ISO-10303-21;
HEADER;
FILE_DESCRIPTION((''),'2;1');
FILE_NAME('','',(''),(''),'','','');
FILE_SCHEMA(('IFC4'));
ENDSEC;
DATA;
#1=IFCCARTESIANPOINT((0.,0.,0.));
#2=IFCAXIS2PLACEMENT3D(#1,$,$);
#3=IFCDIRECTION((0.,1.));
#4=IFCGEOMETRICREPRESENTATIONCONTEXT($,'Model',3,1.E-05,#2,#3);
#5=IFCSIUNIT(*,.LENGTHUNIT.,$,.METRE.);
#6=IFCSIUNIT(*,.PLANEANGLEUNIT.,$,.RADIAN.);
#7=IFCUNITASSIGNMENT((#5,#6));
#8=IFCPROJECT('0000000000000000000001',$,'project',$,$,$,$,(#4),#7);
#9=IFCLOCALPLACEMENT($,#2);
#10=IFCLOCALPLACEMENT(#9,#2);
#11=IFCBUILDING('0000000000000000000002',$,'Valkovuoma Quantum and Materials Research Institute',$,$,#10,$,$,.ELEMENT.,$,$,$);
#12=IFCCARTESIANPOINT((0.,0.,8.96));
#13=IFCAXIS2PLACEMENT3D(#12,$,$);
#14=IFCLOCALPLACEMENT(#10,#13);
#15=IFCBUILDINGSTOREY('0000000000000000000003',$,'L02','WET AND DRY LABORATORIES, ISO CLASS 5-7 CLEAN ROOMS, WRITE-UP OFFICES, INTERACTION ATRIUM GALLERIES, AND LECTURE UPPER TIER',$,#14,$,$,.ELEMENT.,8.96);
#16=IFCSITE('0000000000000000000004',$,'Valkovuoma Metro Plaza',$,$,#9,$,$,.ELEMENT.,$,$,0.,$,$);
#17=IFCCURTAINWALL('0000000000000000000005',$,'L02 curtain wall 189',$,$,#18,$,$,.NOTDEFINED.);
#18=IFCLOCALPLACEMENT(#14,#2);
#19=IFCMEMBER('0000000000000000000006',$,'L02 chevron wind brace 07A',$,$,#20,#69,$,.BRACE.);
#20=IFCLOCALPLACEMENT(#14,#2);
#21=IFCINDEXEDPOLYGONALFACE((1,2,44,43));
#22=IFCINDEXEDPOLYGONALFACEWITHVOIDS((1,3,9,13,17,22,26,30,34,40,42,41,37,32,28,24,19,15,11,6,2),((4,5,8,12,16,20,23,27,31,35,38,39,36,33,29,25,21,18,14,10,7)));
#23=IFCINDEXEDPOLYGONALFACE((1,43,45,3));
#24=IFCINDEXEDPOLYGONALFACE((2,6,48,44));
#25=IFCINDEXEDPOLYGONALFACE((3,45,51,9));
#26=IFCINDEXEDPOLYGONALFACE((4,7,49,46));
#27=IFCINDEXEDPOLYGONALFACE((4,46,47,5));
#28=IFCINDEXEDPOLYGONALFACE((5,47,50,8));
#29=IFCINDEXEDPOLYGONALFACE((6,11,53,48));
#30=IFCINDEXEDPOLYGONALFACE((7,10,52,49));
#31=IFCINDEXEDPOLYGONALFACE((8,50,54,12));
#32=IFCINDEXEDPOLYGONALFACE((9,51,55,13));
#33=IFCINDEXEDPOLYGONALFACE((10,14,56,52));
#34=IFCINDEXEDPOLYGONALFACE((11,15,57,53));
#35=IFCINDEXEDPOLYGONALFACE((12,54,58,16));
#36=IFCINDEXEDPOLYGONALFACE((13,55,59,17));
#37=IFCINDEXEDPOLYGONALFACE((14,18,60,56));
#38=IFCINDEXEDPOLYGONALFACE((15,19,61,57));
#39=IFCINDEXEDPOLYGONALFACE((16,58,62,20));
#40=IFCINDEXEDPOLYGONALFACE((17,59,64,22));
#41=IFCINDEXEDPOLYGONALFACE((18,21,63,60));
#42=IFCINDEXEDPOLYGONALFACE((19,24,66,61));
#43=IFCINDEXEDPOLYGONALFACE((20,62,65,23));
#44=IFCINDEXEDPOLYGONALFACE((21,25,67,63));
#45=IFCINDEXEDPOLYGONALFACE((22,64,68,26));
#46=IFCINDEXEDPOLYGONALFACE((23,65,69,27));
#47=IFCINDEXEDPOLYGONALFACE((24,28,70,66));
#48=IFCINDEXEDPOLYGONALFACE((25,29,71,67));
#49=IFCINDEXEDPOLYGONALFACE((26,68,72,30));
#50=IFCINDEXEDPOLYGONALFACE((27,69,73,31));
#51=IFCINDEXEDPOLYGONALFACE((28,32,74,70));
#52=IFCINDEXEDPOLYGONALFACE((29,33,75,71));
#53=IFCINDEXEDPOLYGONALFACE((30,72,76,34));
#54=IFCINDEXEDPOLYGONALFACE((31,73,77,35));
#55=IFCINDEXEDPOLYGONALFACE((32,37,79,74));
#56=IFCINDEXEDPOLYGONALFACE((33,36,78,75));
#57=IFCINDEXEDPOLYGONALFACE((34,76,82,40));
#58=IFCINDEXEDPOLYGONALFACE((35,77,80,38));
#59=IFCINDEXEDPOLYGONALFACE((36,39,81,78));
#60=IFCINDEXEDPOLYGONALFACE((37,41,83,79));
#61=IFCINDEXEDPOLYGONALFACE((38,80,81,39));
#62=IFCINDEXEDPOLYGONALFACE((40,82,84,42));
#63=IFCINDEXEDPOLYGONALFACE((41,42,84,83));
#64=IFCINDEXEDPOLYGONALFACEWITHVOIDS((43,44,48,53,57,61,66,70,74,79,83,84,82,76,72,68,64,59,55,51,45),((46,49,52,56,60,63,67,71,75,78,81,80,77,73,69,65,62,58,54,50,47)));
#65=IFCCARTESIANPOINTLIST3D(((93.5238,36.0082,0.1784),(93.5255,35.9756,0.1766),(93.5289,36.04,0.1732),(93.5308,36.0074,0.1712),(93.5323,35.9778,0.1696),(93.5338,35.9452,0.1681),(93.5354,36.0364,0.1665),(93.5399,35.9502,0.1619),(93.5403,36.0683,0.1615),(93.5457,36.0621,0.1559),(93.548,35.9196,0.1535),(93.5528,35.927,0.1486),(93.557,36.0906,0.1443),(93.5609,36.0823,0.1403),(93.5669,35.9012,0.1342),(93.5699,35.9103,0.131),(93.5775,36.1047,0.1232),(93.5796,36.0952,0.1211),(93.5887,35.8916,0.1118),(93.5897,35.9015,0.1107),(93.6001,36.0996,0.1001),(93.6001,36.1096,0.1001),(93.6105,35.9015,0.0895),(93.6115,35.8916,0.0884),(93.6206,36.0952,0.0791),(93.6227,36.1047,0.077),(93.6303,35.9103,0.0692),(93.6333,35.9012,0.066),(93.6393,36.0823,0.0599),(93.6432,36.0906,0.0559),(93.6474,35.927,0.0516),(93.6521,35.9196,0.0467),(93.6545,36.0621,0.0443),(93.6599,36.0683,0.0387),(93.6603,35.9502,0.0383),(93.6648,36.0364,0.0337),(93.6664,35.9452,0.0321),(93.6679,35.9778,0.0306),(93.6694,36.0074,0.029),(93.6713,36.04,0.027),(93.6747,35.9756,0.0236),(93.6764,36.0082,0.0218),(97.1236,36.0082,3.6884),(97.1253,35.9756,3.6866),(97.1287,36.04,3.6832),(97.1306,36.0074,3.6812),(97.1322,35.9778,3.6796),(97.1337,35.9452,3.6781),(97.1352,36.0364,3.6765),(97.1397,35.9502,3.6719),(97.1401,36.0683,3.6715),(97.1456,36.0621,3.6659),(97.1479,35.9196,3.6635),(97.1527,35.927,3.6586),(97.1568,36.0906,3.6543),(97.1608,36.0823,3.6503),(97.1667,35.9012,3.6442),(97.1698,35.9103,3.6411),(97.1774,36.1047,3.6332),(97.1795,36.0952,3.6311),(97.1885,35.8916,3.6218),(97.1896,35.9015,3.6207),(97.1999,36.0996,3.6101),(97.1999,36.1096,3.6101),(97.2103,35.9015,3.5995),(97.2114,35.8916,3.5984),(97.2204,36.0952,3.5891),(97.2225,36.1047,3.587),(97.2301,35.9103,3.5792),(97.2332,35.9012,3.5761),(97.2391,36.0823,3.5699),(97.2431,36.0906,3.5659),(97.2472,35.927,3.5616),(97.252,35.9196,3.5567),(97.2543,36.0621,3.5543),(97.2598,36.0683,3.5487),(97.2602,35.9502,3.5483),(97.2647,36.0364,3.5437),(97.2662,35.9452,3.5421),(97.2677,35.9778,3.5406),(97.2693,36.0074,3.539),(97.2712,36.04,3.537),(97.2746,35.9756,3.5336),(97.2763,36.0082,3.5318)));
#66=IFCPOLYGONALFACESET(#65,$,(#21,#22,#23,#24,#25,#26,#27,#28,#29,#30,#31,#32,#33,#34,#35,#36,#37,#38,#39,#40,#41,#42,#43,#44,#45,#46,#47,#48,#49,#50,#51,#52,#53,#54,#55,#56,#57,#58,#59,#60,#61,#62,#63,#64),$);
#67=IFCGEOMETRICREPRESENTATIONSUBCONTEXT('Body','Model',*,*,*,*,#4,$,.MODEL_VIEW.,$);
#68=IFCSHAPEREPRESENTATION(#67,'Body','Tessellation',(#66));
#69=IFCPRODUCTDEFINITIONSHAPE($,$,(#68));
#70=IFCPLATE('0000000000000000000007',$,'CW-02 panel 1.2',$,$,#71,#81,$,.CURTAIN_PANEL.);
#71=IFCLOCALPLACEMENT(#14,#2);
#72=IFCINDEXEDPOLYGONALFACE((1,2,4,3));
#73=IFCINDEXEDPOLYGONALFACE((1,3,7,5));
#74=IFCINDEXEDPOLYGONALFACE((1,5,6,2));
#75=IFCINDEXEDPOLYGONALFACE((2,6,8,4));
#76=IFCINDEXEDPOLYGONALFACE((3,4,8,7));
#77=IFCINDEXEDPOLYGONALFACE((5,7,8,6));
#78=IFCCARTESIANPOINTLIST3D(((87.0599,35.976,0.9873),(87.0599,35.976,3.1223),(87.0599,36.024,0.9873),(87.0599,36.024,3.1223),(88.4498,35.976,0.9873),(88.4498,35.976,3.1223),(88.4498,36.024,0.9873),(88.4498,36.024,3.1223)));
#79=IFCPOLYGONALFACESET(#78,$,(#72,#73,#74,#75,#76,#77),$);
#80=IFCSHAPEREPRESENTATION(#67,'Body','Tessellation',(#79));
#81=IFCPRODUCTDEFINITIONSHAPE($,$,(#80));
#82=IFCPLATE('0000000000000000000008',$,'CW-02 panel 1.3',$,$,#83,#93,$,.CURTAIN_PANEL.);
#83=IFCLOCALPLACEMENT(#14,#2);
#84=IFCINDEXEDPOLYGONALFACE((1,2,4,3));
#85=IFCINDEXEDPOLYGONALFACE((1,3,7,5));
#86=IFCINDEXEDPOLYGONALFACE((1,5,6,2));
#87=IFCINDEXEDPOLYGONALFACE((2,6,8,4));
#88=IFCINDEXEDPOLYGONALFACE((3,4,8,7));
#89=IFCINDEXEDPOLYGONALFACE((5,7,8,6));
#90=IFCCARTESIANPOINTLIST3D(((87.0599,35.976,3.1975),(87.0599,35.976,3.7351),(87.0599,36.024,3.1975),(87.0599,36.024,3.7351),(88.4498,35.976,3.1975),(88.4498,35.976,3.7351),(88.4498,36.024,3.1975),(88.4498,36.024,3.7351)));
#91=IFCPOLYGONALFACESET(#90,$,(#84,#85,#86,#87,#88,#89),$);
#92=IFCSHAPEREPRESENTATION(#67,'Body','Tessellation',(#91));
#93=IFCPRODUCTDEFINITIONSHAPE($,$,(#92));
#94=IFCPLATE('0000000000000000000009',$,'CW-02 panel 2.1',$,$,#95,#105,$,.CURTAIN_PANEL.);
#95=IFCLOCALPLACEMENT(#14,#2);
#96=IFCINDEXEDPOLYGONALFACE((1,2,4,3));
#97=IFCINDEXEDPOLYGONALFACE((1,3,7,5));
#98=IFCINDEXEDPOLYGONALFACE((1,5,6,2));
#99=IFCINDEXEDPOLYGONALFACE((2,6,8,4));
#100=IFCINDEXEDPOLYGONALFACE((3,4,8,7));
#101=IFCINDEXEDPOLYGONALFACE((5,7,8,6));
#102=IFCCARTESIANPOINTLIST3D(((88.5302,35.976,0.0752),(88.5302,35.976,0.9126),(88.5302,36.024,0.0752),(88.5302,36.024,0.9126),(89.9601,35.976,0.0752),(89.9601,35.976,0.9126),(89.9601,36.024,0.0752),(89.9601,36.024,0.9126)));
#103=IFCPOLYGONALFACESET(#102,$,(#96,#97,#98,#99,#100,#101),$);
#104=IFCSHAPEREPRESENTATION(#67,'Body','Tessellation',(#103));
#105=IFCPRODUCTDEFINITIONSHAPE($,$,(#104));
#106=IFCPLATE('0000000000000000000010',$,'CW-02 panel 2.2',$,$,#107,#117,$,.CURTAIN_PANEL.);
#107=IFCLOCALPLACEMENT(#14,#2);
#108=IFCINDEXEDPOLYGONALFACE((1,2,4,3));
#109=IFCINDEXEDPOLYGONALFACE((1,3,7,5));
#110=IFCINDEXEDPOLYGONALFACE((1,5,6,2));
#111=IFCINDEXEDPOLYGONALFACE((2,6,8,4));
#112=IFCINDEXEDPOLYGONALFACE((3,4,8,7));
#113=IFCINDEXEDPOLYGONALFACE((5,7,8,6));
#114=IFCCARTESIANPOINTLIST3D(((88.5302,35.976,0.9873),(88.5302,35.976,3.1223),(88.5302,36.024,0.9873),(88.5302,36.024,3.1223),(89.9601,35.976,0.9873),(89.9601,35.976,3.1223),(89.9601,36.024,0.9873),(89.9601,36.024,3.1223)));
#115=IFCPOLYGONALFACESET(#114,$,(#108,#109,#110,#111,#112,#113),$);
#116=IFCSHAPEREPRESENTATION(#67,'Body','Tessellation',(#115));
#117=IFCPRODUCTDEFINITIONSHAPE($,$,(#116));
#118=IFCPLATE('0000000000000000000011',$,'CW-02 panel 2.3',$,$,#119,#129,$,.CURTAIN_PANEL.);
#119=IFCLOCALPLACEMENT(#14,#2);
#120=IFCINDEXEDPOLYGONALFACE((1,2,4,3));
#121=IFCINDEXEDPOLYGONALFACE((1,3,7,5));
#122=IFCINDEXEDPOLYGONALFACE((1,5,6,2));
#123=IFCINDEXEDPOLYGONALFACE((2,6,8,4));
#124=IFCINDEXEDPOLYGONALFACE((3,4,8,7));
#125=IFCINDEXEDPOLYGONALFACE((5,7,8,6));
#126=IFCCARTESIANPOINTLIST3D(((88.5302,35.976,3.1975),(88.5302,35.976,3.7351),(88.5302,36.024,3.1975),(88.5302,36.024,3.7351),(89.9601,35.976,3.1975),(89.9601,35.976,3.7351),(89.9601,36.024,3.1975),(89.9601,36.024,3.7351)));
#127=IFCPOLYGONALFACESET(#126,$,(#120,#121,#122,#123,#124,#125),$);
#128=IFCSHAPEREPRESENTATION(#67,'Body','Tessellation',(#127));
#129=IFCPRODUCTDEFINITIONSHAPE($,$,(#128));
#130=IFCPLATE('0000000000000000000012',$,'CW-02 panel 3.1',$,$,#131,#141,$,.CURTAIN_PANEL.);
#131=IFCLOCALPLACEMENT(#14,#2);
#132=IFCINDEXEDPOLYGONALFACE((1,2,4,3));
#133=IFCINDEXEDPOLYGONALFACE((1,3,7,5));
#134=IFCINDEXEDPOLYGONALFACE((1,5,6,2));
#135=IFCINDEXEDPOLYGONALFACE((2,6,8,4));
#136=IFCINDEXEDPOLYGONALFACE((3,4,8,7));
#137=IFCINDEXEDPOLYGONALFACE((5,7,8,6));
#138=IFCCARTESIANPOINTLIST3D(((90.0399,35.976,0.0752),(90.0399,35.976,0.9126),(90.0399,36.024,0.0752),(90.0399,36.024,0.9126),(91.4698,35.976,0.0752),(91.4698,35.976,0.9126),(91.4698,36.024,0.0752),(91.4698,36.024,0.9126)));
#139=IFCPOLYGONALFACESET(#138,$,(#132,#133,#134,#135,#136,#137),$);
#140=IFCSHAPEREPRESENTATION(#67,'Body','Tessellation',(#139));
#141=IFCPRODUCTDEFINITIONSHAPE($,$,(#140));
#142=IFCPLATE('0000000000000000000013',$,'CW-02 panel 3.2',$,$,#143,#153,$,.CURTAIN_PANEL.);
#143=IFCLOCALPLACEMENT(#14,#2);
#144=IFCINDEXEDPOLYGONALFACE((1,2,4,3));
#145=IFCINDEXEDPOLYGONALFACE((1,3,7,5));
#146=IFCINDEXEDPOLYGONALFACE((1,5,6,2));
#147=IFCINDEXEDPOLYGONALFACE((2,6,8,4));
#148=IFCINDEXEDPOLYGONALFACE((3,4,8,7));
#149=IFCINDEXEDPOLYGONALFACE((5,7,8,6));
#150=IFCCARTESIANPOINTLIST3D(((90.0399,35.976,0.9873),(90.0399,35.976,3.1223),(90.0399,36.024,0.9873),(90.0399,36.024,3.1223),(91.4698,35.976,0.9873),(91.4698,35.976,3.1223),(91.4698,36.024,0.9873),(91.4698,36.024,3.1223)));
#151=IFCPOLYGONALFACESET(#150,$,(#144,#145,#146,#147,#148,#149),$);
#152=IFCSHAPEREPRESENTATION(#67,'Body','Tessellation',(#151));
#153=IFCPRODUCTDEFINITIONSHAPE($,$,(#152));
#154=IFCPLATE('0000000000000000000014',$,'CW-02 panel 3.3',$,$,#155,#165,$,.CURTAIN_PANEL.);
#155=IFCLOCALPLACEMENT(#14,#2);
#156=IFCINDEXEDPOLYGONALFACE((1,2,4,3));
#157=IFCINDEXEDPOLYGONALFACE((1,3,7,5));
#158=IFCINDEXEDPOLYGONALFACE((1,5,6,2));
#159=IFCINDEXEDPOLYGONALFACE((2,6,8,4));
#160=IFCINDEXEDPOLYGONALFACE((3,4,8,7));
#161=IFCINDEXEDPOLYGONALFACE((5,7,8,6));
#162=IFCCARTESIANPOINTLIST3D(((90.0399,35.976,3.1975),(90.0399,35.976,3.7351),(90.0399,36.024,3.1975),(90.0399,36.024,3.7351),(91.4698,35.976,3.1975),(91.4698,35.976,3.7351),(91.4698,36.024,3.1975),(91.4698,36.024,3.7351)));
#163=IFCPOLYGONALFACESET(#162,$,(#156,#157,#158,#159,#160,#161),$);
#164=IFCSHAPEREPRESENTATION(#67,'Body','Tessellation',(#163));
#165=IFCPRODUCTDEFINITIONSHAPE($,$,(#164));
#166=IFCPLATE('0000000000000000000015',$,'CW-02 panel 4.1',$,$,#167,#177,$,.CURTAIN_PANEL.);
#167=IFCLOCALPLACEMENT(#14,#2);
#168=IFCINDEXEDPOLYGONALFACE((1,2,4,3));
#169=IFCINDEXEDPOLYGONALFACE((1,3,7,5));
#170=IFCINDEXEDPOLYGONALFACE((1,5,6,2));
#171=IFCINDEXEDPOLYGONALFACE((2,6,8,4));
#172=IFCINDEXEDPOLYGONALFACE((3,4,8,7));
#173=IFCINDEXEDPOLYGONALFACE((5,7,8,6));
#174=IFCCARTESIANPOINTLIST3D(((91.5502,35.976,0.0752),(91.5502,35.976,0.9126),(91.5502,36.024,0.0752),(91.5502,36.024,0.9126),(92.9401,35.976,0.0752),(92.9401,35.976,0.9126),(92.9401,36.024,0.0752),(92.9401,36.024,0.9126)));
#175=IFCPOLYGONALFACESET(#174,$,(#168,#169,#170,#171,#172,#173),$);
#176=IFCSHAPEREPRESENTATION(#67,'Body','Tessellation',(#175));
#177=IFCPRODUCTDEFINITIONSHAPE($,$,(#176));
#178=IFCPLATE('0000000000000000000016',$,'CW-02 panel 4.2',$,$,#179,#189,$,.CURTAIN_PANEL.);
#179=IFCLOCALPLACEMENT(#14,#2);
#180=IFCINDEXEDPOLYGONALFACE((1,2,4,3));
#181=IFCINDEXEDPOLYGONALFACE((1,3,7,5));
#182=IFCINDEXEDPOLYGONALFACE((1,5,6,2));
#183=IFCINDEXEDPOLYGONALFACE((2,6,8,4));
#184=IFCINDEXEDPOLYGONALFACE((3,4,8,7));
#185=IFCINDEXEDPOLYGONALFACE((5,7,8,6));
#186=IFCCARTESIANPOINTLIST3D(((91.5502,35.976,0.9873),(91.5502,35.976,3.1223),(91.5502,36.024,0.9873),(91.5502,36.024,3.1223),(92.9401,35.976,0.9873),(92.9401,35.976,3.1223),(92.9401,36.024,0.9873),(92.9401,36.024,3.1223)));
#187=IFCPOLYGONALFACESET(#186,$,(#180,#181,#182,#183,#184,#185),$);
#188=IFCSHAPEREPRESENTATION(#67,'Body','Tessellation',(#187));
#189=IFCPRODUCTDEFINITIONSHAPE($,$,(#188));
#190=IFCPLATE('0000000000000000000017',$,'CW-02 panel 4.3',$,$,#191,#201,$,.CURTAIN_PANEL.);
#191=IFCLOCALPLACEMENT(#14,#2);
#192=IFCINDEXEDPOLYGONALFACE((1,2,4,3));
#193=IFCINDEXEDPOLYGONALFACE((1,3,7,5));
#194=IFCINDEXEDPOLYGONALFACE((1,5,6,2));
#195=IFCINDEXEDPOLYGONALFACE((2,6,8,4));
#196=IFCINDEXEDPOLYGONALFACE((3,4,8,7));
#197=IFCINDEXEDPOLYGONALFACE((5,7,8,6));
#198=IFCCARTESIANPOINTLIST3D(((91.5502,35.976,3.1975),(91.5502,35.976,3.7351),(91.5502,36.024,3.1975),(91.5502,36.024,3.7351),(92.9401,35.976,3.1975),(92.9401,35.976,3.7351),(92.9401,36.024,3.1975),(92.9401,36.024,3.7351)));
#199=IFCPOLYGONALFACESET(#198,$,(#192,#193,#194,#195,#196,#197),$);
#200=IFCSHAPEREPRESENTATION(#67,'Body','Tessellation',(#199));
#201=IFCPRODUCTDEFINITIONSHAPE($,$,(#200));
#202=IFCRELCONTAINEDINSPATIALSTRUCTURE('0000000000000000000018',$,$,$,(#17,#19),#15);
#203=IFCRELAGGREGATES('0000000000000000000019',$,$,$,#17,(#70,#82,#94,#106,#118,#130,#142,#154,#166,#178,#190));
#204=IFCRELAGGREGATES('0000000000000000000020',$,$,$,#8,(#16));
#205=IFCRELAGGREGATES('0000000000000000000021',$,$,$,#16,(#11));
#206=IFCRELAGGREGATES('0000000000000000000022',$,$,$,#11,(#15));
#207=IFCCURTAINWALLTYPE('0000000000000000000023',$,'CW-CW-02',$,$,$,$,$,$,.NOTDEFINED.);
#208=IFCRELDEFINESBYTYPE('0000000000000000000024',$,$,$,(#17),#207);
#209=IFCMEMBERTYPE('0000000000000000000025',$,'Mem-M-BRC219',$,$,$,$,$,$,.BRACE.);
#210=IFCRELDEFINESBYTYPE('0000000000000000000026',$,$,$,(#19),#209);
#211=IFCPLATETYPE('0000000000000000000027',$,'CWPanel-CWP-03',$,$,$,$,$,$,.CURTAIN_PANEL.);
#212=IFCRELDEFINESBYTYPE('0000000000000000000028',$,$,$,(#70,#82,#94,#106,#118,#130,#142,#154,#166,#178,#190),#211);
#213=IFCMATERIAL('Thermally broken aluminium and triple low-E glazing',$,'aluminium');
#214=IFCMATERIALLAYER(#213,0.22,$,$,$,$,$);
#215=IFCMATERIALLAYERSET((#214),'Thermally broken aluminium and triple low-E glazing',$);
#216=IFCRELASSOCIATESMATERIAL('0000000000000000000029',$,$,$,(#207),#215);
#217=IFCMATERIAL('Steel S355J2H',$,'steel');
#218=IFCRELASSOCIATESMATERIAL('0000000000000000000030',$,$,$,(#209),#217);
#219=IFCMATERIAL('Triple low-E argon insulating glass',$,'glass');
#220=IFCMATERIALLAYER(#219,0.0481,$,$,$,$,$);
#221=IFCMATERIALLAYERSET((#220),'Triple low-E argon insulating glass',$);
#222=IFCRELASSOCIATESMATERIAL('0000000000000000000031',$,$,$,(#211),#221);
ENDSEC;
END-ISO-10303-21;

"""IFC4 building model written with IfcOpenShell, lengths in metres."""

from ifc_helpers import new_model, si_unit, direction, frame, origin, origin_2d, place, context, subcontext, project, spatial, rectangle, hollow_circle, extrude, material, layer, layer_set, material_profile, profile_set, type_object, element, aggregate, save


model = new_model("IFC4")

# Units and contexts
model_context = context("Model", 3, precision=1e-05, world=origin(), true_north=direction((0.0, 1.0)))
body_context = subcontext(model_context, "Body", "Model", "MODEL_VIEW")
ifc_project = project(units=[si_unit("LENGTHUNIT", "METRE"), si_unit("PLANEANGLEUNIT", "RADIAN")], contexts=[model_context])

# Site, building, storey
site_placement = place(None, origin())
site = spatial("IfcSite", under=ifc_project, at=site_placement, Name="Valkovuoma Metro Plaza", CompositionType="ELEMENT", RefElevation=0.0)
building_placement = place(site_placement, origin())
building = spatial("IfcBuilding", under=site, at=building_placement, Name="Valkovuoma Quantum and Materials Research Institute", CompositionType="ELEMENT")
storey_placement = place(building_placement, frame((0.0, 0.0, 8.96)))
storey = spatial("IfcBuildingStorey", under=building, at=storey_placement, Name="L02", Description="WET AND DRY LABORATORIES, ISO CLASS 5-7 CLEAN ROOMS, WRITE-UP OFFICES, INTERACTION ATRIUM GALLERIES, AND LECTURE UPPER TIER", CompositionType="ELEMENT", Elevation=8.96)

# Curtain wall
ifc_material_1 = material(Name="Thermally broken aluminium and triple low-E glazing", Category="aluminium")
ifc_layer_1 = layer(ifc_material_1, 0.22)
ifc_layer_set_1 = layer_set([ifc_layer_1], Name="Thermally broken aluminium and triple low-E glazing")
curtain_wall_type = type_object("IfcCurtainWallType", Name="CW-CW-02", PredefinedType="NOTDEFINED", material=ifc_layer_set_1)
curtain_wall_1_placement = place(storey_placement, origin())
curtain_wall_1 = element("IfcCurtainWall", 1, at=curtain_wall_1_placement, inside=storey, type_object=curtain_wall_type, Name="L02 curtain wall 189", PredefinedType="NOTDEFINED")

# Member
ifc_material_2 = material(Name="Steel S355J2H", Category="steel")
ifc_material_profile_1 = material_profile(ifc_material_2, hollow_circle(Radius=0.1096, WallThickness=0.01, at=origin_2d()), Name="Steel S355J2H")
ifc_profile_set_1 = profile_set([ifc_material_profile_1], Name="Steel S355J2H")
member_type_1 = type_object("IfcMemberType", Name="Mem-M-BRC219", PredefinedType="BRACE", material=ifc_profile_set_1)
member_1_placement = place(storey_placement, frame((93.6001, 36.0, 0.1001), z_axis=(0.715985, 0.0, 0.698116), x_axis=(0.0, 1.0, 0.0)))
element("IfcMember", 2, at=member_1_placement, inside=storey, type_object=member_type_1, Name="L02 chevron wind brace 07A", PredefinedType="BRACE", context=body_context, shape_type="SweptSolid", body=[
    extrude(hollow_circle(Radius=0.1096, WallThickness=0.01, at=origin_2d()), origin(), (0.0, 0.0, 1.0), 5.0278),
])

# Plates
ifc_material_3 = material(Name="Triple low-E argon insulating glass", Category="glass")
ifc_layer_2 = layer(ifc_material_3, 0.0481)
ifc_layer_set_2 = layer_set([ifc_layer_2], Name="Triple low-E argon insulating glass")
plate_type_1 = type_object("IfcPlateType", Name="CWPanel-CWP-03", PredefinedType="CURTAIN_PANEL", material=ifc_layer_set_2)
plate_1_placement = place(storey_placement, frame((87.7549, 36.0, 0.9873), z_axis=(0.0, 0.0, 1.0), x_axis=(1.0, 0.0, 0.0)))
plate_1 = element("IfcPlate", 3, at=plate_1_placement, type_object=plate_type_1, Name="CW-02 panel 1.2", PredefinedType="CURTAIN_PANEL", context=body_context, shape_type="SweptSolid", body=[
    extrude(rectangle(XDim=1.3899, YDim=0.0481, at=origin_2d()), origin(), (0.0, 0.0, 1.0), 2.135),
])
plate_2_placement = place(storey_placement, frame((87.7549, 36.0, 3.1975), z_axis=(0.0, 0.0, 1.0), x_axis=(1.0, 0.0, 0.0)))
plate_2 = element("IfcPlate", 4, at=plate_2_placement, type_object=plate_type_1, Name="CW-02 panel 1.3", PredefinedType="CURTAIN_PANEL", context=body_context, shape_type="SweptSolid", body=[
    extrude(rectangle(XDim=1.3899, YDim=0.0481, at=origin_2d()), origin(), (0.0, 0.0, 1.0), 0.5376),
])
plate_3_placement = place(storey_placement, frame((89.2451, 36.0, 0.0752), z_axis=(0.0, 0.0, 1.0), x_axis=(1.0, 0.0, 0.0)))
plate_3 = element("IfcPlate", 5, at=plate_3_placement, type_object=plate_type_1, Name="CW-02 panel 2.1", PredefinedType="CURTAIN_PANEL", context=body_context, shape_type="SweptSolid", body=[
    extrude(rectangle(XDim=1.4299, YDim=0.0481, at=origin_2d()), origin(), (0.0, 0.0, 1.0), 0.8374),
])
plate_4_placement = place(storey_placement, frame((89.2451, 36.0, 0.9873), z_axis=(0.0, 0.0, 1.0), x_axis=(1.0, 0.0, 0.0)))
plate_4 = element("IfcPlate", 6, at=plate_4_placement, type_object=plate_type_1, Name="CW-02 panel 2.2", PredefinedType="CURTAIN_PANEL", context=body_context, shape_type="SweptSolid", body=[
    extrude(rectangle(XDim=1.4299, YDim=0.0481, at=origin_2d()), origin(), (0.0, 0.0, 1.0), 2.135),
])
plate_5_placement = place(storey_placement, frame((89.2451, 36.0, 3.1975), z_axis=(0.0, 0.0, 1.0), x_axis=(1.0, 0.0, 0.0)))
plate_5 = element("IfcPlate", 7, at=plate_5_placement, type_object=plate_type_1, Name="CW-02 panel 2.3", PredefinedType="CURTAIN_PANEL", context=body_context, shape_type="SweptSolid", body=[
    extrude(rectangle(XDim=1.4299, YDim=0.0481, at=origin_2d()), origin(), (0.0, 0.0, 1.0), 0.5376),
])
plate_6_placement = place(storey_placement, frame((90.7549, 36.0, 0.0752), z_axis=(0.0, 0.0, 1.0), x_axis=(1.0, 0.0, 0.0)))
plate_6 = element("IfcPlate", 8, at=plate_6_placement, type_object=plate_type_1, Name="CW-02 panel 3.1", PredefinedType="CURTAIN_PANEL", context=body_context, shape_type="SweptSolid", body=[
    extrude(rectangle(XDim=1.4299, YDim=0.0481, at=origin_2d()), origin(), (0.0, 0.0, 1.0), 0.8374),
])
plate_7_placement = place(storey_placement, frame((90.7549, 36.0, 0.9873), z_axis=(0.0, 0.0, 1.0), x_axis=(1.0, 0.0, 0.0)))
plate_7 = element("IfcPlate", 9, at=plate_7_placement, type_object=plate_type_1, Name="CW-02 panel 3.2", PredefinedType="CURTAIN_PANEL", context=body_context, shape_type="SweptSolid", body=[
    extrude(rectangle(XDim=1.4299, YDim=0.0481, at=origin_2d()), origin(), (0.0, 0.0, 1.0), 2.135),
])
plate_8_placement = place(storey_placement, frame((90.7549, 36.0, 3.1975), z_axis=(0.0, 0.0, 1.0), x_axis=(1.0, 0.0, 0.0)))
plate_8 = element("IfcPlate", 10, at=plate_8_placement, type_object=plate_type_1, Name="CW-02 panel 3.3", PredefinedType="CURTAIN_PANEL", context=body_context, shape_type="SweptSolid", body=[
    extrude(rectangle(XDim=1.4299, YDim=0.0481, at=origin_2d()), origin(), (0.0, 0.0, 1.0), 0.5376),
])
plate_9_placement = place(storey_placement, frame((92.2451, 36.0, 0.0752), z_axis=(0.0, 0.0, 1.0), x_axis=(1.0, 0.0, 0.0)))
plate_9 = element("IfcPlate", 11, at=plate_9_placement, type_object=plate_type_1, Name="CW-02 panel 4.1", PredefinedType="CURTAIN_PANEL", context=body_context, shape_type="SweptSolid", body=[
    extrude(rectangle(XDim=1.3899, YDim=0.0481, at=origin_2d()), origin(), (0.0, 0.0, 1.0), 0.8374),
])
plate_10_placement = place(storey_placement, frame((92.2451, 36.0, 0.9873), z_axis=(0.0, 0.0, 1.0), x_axis=(1.0, 0.0, 0.0)))
plate_10 = element("IfcPlate", 12, at=plate_10_placement, type_object=plate_type_1, Name="CW-02 panel 4.2", PredefinedType="CURTAIN_PANEL", context=body_context, shape_type="SweptSolid", body=[
    extrude(rectangle(XDim=1.3899, YDim=0.0481, at=origin_2d()), origin(), (0.0, 0.0, 1.0), 2.135),
])
plate_11_placement = place(storey_placement, frame((92.2451, 36.0, 3.1975), z_axis=(0.0, 0.0, 1.0), x_axis=(1.0, 0.0, 0.0)))
plate_11 = element("IfcPlate", 13, at=plate_11_placement, type_object=plate_type_1, Name="CW-02 panel 4.3", PredefinedType="CURTAIN_PANEL", context=body_context, shape_type="SweptSolid", body=[
    extrude(rectangle(XDim=1.3899, YDim=0.0481, at=origin_2d()), origin(), (0.0, 0.0, 1.0), 0.5376),
])
aggregate(curtain_wall_1, [plate_1, plate_2, plate_3, plate_4, plate_5, plate_6, plate_7, plate_8, plate_9, plate_10, plate_11])

save(model, "model.ifc")
